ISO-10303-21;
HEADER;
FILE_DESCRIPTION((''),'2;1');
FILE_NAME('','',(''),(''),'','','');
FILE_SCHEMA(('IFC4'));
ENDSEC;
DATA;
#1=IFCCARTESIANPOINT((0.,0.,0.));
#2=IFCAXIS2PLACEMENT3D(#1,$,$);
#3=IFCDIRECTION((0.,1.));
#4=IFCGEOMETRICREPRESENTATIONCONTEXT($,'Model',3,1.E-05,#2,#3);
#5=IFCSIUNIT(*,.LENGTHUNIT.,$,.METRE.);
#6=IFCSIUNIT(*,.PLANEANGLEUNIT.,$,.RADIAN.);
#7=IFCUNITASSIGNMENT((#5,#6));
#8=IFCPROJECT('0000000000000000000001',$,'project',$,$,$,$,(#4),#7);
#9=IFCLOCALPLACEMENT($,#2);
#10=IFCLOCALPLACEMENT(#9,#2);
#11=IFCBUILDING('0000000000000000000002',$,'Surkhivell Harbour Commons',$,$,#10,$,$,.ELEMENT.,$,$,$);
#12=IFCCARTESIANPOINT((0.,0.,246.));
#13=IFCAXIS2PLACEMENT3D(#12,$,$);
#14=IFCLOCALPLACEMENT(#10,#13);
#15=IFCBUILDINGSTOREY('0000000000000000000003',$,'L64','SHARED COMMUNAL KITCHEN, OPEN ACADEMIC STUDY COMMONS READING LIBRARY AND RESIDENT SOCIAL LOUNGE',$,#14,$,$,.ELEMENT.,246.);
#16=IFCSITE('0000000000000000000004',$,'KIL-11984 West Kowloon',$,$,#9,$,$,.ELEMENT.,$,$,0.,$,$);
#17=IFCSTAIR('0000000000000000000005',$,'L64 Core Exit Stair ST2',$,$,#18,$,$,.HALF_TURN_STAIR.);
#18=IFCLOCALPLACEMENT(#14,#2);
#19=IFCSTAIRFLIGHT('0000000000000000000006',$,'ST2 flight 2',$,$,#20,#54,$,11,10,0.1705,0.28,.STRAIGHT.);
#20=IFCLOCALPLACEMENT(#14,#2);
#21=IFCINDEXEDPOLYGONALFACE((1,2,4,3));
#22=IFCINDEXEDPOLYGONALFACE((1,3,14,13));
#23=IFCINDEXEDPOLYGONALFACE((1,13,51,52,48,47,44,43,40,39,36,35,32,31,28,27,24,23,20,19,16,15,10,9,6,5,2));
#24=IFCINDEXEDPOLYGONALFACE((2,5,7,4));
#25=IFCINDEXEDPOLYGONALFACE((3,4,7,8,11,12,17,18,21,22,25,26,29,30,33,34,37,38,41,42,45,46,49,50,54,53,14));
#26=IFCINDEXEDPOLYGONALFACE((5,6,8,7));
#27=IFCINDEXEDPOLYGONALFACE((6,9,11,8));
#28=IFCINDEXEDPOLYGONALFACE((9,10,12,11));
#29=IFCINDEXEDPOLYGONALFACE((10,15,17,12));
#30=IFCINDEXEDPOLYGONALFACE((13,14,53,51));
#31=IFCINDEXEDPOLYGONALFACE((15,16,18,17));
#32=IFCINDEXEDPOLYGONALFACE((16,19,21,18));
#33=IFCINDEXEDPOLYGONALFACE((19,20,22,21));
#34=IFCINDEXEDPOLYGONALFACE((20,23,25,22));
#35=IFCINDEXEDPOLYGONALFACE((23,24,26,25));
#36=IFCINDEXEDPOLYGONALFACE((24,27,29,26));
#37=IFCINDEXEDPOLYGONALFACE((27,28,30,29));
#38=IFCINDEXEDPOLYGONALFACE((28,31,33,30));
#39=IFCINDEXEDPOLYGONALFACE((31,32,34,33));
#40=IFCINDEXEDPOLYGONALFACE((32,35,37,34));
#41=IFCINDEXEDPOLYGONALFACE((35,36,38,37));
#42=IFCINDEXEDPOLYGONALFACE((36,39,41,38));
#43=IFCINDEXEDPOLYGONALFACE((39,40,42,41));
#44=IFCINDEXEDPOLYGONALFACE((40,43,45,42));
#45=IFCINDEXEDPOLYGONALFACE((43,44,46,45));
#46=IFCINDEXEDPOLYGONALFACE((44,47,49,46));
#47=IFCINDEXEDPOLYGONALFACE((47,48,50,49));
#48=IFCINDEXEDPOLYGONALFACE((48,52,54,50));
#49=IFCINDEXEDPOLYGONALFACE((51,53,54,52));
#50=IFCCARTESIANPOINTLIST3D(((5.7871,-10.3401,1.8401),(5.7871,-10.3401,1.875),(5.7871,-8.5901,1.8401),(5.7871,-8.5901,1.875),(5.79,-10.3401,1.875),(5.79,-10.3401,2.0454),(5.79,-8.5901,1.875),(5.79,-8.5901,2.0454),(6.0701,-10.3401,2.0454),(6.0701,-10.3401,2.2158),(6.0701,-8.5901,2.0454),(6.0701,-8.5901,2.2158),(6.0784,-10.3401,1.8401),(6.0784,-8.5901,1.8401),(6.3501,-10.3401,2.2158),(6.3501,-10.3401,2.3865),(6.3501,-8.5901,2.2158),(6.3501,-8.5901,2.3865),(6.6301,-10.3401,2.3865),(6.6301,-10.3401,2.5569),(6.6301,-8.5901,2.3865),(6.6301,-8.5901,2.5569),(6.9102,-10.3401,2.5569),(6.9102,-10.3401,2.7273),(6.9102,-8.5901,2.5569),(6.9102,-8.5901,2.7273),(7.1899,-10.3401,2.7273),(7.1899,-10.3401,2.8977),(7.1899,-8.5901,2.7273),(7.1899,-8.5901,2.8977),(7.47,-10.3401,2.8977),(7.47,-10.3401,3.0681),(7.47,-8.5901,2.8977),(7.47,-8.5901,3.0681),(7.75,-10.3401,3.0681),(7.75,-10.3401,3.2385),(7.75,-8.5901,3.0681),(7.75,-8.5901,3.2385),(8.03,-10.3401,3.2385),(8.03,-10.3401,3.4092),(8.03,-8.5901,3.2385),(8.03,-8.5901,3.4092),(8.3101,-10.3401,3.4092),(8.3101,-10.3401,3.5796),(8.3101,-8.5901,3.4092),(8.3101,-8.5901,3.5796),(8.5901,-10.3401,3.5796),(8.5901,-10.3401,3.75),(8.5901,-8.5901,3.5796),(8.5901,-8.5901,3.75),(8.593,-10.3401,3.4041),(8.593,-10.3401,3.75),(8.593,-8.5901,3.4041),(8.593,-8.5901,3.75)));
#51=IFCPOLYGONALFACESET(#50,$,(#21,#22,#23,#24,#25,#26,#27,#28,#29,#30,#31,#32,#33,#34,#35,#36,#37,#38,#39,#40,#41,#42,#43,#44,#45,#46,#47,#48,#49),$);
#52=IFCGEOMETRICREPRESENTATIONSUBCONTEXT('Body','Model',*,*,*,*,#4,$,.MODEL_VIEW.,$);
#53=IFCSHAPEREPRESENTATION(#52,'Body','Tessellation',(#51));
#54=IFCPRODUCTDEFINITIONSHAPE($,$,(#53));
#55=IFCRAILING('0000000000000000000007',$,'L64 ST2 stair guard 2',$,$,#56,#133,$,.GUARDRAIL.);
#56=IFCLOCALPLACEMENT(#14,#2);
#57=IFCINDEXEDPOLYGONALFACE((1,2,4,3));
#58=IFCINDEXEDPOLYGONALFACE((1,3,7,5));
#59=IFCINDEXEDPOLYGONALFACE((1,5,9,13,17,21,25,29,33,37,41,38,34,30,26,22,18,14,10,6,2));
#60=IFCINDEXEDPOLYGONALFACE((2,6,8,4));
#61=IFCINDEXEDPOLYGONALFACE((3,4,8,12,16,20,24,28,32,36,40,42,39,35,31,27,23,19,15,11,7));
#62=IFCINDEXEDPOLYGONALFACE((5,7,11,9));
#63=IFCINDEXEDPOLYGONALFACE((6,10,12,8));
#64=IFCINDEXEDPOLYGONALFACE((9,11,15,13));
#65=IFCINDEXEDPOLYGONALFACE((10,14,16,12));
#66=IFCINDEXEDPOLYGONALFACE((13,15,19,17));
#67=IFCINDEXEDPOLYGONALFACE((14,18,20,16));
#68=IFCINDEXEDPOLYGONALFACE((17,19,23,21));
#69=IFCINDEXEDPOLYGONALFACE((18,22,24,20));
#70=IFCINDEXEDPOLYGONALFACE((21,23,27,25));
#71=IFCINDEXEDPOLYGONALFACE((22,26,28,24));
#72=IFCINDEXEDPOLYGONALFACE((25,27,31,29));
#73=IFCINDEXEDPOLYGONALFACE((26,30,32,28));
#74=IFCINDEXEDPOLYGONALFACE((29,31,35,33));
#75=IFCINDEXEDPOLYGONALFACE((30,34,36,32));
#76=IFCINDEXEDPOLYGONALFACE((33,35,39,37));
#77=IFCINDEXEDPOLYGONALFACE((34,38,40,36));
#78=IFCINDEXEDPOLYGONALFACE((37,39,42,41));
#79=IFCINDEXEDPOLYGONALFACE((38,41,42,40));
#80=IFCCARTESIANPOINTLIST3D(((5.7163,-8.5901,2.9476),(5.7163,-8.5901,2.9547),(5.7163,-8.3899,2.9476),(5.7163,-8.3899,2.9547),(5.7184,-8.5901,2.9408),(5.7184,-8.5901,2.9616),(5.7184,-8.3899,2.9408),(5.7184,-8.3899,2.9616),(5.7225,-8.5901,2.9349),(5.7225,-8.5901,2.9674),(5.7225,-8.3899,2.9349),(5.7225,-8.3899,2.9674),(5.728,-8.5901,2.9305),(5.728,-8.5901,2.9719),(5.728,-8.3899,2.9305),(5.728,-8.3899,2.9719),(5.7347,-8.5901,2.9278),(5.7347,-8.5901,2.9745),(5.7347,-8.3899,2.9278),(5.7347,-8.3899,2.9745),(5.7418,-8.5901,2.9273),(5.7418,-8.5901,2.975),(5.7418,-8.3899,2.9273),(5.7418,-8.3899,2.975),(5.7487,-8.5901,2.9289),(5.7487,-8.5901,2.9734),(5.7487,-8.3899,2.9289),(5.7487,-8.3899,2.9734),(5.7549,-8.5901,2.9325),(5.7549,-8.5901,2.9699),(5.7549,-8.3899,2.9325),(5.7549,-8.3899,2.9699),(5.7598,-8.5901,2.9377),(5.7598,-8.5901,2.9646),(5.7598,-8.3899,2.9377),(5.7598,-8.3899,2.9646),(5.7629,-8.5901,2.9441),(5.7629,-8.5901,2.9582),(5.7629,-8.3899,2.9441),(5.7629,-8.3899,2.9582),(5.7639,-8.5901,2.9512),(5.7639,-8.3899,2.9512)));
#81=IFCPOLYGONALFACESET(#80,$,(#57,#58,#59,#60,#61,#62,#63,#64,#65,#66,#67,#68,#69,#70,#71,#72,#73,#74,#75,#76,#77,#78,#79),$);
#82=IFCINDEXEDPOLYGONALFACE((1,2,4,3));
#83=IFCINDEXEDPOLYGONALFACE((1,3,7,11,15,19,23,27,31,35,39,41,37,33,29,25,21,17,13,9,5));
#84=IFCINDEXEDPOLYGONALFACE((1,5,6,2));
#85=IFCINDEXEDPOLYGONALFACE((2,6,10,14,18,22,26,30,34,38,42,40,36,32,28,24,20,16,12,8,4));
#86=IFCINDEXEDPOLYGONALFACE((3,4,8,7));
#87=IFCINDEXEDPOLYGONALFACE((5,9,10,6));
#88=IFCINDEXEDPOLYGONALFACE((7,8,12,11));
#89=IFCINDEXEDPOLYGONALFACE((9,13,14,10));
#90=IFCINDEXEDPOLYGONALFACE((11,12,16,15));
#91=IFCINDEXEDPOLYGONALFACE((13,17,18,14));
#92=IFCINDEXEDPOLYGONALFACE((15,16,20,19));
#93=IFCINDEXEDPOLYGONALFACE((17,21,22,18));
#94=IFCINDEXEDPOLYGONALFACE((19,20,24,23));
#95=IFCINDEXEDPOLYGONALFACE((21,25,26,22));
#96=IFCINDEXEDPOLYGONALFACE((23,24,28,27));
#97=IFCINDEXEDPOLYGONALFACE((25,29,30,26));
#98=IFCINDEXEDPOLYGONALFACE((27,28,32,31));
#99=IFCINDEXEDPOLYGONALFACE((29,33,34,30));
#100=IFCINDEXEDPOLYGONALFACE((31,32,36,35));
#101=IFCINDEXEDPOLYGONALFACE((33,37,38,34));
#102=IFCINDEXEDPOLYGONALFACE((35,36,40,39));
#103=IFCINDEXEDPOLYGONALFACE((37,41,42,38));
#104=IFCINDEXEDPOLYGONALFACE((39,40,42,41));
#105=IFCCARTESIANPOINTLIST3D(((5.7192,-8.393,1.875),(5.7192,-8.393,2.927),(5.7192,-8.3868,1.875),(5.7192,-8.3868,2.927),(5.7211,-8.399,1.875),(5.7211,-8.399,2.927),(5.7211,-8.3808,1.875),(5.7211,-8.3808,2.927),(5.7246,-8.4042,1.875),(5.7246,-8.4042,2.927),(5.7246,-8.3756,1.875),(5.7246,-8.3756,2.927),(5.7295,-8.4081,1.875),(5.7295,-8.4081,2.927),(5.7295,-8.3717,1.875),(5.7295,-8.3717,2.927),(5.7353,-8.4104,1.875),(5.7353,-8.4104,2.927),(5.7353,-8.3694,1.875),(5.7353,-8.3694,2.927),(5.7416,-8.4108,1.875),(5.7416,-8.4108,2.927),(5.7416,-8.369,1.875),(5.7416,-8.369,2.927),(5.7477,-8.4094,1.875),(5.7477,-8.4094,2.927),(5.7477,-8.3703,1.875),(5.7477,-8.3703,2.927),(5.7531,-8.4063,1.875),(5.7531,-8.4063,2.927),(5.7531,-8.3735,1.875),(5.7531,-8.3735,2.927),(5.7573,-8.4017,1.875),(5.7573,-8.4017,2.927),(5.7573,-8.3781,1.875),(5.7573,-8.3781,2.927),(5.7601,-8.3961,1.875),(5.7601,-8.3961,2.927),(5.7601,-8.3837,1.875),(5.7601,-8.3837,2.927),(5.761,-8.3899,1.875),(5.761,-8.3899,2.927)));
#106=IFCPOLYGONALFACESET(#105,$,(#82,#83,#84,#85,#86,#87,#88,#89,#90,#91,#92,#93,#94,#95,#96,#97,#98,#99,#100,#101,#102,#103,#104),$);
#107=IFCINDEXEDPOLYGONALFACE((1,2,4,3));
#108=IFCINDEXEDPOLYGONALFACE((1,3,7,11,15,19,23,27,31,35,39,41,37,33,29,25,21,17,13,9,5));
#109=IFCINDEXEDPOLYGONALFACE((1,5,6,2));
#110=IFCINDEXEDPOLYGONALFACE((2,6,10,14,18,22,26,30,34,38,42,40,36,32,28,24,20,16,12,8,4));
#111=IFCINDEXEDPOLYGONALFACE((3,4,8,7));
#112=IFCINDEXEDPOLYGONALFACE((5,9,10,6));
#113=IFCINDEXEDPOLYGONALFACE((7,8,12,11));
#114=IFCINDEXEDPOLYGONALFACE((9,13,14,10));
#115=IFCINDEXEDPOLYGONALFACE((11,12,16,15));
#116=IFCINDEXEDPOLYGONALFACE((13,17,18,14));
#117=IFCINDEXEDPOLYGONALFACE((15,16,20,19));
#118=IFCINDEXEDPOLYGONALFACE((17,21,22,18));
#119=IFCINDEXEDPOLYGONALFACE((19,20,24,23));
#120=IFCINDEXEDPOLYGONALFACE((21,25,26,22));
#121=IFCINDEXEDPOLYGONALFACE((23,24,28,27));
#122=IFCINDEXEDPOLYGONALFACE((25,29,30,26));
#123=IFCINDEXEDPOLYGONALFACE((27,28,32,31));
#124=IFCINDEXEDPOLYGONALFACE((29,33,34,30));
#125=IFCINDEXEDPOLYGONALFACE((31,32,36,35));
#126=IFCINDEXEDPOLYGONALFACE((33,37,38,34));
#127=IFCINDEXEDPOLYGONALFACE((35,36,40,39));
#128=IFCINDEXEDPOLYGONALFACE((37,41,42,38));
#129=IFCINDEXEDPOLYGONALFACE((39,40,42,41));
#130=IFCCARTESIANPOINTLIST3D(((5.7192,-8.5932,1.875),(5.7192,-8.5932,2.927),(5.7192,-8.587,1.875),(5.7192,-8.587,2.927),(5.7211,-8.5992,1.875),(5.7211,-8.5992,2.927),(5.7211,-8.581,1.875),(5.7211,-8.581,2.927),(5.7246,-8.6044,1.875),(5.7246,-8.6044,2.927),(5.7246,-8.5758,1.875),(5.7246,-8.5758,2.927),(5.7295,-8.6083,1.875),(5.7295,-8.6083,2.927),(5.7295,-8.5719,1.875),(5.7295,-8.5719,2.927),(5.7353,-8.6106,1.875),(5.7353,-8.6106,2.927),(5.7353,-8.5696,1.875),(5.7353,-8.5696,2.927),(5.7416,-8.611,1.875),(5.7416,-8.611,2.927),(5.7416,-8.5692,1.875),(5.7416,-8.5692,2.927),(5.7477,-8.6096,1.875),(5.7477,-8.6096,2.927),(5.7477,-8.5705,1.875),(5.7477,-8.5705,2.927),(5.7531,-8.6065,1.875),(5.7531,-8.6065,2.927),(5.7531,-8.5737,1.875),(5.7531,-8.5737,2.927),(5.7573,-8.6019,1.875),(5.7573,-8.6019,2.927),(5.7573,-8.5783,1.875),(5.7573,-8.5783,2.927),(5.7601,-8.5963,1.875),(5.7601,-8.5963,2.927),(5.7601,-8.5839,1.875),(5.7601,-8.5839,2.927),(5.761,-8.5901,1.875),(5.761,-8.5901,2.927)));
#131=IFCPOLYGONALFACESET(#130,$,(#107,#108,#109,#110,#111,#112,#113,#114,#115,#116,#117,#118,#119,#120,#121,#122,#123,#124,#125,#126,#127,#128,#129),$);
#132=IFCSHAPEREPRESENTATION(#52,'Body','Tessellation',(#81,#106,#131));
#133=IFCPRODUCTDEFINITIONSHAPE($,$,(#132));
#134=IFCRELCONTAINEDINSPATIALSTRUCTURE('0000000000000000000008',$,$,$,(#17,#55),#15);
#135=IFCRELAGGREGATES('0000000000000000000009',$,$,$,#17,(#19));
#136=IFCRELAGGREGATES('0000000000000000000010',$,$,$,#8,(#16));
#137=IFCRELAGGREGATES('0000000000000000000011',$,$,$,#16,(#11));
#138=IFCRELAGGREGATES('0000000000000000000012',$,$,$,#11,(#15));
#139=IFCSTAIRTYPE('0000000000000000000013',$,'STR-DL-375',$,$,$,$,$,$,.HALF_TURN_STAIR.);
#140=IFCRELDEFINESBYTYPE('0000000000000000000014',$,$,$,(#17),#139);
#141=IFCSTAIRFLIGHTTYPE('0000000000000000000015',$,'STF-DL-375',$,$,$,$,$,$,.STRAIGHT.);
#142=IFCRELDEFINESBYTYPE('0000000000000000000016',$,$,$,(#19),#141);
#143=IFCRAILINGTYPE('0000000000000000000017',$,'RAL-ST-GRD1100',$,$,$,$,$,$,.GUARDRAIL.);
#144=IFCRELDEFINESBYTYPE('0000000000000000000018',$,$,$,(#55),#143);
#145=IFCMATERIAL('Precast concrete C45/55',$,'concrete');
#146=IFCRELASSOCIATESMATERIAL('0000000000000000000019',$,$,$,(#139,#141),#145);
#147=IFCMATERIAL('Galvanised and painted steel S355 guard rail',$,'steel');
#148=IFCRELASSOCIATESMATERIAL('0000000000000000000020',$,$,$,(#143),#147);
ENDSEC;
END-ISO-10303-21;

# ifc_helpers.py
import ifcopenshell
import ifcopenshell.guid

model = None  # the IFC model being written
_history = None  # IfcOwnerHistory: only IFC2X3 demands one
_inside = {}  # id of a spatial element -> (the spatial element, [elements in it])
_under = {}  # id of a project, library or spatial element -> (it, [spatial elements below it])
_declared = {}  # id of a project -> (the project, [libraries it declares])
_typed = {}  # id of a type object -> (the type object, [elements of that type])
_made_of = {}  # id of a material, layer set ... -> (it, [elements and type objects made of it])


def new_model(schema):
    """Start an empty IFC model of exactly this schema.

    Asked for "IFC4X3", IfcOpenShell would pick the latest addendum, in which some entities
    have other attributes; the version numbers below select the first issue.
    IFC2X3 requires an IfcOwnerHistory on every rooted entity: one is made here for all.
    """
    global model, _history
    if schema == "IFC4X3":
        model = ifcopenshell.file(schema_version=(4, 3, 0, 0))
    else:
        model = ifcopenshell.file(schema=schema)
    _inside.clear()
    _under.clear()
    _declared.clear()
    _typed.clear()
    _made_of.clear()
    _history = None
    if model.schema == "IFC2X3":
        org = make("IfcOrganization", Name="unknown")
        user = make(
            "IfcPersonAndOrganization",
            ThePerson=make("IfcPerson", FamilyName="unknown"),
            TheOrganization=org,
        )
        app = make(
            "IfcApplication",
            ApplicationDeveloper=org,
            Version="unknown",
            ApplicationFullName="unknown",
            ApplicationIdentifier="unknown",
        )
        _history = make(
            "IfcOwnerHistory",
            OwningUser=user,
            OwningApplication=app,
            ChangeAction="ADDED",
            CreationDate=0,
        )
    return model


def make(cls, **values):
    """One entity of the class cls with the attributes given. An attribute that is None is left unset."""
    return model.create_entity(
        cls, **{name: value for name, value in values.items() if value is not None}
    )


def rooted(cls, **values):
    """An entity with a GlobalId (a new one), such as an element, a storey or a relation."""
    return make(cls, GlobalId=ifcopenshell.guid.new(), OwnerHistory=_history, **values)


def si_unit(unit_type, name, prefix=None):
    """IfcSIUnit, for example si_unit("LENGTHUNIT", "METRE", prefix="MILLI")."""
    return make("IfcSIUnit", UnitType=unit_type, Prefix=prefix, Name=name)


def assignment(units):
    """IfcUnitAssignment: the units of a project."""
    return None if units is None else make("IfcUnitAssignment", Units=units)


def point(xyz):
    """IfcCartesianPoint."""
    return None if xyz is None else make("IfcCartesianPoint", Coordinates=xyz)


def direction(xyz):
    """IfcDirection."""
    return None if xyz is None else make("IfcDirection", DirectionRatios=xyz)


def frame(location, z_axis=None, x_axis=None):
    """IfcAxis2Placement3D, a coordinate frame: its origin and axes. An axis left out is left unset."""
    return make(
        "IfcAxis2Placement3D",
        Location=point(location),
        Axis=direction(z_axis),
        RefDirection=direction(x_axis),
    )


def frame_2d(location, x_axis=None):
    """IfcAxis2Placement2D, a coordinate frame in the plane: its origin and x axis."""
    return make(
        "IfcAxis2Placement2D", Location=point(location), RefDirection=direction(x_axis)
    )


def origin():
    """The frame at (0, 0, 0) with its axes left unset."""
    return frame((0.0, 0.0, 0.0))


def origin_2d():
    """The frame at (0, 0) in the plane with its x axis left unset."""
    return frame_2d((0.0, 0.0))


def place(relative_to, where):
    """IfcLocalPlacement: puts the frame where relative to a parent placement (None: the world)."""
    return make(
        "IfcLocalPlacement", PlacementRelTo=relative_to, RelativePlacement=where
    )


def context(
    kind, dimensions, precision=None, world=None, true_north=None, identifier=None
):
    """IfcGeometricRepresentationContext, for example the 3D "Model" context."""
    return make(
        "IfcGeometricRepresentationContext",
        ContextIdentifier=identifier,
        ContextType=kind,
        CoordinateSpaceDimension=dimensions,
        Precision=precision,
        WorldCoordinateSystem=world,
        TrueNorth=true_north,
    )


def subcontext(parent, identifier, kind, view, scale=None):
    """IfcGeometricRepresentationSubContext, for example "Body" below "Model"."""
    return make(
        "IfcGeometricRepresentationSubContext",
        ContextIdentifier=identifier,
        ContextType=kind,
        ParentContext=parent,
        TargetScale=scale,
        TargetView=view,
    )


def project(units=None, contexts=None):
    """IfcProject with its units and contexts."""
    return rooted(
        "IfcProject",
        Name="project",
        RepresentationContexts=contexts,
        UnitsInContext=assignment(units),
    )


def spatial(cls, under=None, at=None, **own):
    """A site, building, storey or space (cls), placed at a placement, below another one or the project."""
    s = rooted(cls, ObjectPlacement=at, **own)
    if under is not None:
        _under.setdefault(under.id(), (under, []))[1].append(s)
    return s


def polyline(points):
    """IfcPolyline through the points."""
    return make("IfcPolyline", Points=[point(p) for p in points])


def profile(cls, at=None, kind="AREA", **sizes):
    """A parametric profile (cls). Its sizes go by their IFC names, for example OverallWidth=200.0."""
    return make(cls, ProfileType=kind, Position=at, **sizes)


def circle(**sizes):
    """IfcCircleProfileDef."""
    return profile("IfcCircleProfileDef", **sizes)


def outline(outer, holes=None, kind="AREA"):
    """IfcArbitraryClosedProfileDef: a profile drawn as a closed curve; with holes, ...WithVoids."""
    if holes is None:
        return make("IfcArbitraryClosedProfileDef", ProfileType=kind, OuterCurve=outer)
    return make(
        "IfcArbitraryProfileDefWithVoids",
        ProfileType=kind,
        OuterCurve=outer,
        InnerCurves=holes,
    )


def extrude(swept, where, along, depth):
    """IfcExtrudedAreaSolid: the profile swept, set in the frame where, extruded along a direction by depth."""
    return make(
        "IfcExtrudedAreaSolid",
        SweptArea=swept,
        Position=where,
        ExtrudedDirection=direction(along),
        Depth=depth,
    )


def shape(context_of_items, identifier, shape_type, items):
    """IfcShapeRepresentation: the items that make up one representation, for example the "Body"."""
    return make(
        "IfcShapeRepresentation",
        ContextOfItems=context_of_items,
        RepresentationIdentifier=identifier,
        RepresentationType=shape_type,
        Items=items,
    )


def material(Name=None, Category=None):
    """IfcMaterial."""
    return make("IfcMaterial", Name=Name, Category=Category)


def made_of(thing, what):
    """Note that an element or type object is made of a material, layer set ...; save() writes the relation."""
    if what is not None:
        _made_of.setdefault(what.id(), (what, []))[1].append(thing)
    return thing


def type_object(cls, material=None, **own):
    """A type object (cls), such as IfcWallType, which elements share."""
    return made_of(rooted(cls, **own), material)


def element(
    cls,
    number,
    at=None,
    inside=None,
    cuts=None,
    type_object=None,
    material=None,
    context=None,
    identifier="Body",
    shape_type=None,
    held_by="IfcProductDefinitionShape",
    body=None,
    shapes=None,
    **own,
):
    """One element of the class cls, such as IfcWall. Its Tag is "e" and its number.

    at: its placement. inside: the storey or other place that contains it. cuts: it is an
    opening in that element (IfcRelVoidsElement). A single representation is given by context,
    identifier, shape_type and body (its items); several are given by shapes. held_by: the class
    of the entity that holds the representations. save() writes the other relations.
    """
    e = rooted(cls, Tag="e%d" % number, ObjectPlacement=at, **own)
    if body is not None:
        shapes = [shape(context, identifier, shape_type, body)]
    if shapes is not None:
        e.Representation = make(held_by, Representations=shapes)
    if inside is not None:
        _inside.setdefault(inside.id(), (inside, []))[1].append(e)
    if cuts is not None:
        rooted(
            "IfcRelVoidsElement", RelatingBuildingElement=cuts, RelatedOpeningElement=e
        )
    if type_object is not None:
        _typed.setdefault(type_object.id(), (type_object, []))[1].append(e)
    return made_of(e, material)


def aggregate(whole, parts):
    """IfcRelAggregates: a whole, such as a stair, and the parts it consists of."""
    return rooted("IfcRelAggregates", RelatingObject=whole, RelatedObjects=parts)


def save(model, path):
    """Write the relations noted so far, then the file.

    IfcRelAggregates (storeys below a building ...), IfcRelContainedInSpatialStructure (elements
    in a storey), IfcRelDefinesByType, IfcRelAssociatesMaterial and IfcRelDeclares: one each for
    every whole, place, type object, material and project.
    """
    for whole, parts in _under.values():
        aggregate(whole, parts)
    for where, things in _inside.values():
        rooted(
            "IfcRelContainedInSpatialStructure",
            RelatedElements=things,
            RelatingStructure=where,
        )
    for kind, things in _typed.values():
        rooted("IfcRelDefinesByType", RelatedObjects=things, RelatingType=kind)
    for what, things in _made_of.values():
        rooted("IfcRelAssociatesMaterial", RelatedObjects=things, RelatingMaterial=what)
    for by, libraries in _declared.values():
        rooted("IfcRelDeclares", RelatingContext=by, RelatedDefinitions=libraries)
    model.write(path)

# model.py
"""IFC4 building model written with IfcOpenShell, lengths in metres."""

from ifc_helpers import new_model, si_unit, direction, frame, origin, origin_2d, place, context, subcontext, project, spatial, polyline, circle, outline, extrude, material, type_object, element, aggregate, save


model = new_model("IFC4")

# Units and contexts
model_context = context("Model", 3, precision=1e-05, world=origin(), true_north=direction((0.0, 1.0)))
body_context = subcontext(model_context, "Body", "Model", "MODEL_VIEW")
ifc_project = project(units=[si_unit("LENGTHUNIT", "METRE"), si_unit("PLANEANGLEUNIT", "RADIAN")], contexts=[model_context])

# Site, building, storey
site_placement = place(None, origin())
site = spatial("IfcSite", under=ifc_project, at=site_placement, Name="KIL-11984 West Kowloon", CompositionType="ELEMENT", RefElevation=0.0)
building_placement = place(site_placement, origin())
building = spatial("IfcBuilding", under=site, at=building_placement, Name="Surkhivell Harbour Commons", CompositionType="ELEMENT")
storey_placement = place(building_placement, frame((0.0, 0.0, 246.0)))
storey = spatial("IfcBuildingStorey", under=building, at=storey_placement, Name="L64", Description="SHARED COMMUNAL KITCHEN, OPEN ACADEMIC STUDY COMMONS READING LIBRARY AND RESIDENT SOCIAL LOUNGE", CompositionType="ELEMENT", Elevation=246.0)

# Stair, stair flight
ifc_material_1 = material(Name="Precast concrete C45/55", Category="concrete")
stair_type = type_object("IfcStairType", Name="STR-DL-375", PredefinedType="HALF_TURN_STAIR", material=ifc_material_1)
stair_placement = place(storey_placement, origin())
stair = element("IfcStair", 1, at=stair_placement, inside=storey, type_object=stair_type, Name="L64 Core Exit Stair ST2", PredefinedType="HALF_TURN_STAIR")
stair_flight_type = type_object("IfcStairFlightType", Name="STF-DL-375", PredefinedType="STRAIGHT", material=ifc_material_1)
stair_flight_placement = place(storey_placement, frame((5.79, -9.4651, 1.875), z_axis=(0.0, 0.0, 1.0), x_axis=(1.0, 0.0, 0.0)))
stair_flight = element("IfcStairFlight", 2, at=stair_flight_placement, type_object=stair_flight_type, Name="ST2 flight 2", NumberOfRisers=11, NumberOfTreads=10, PredefinedType="STRAIGHT", RiserHeight=0.1705, TreadLength=0.28, context=body_context, shape_type="SweptSolid", body=[
    extrude(outline(polyline([(-0.0029, -0.0349), (-0.0029, 0.0), (0.0, 0.0), (0.0, 0.1704), (0.28, 0.1704), (0.28, 0.3408), (0.5601, 0.3408), (0.5601, 0.5115), (0.8401, 0.5115), (0.8401, 0.6819), (1.1201, 0.6819), (1.1201, 0.8523), (1.3999, 0.8523), (1.3999, 1.0227), (1.6799, 1.0227), (1.6799, 1.1931), (1.96, 1.1931), (1.96, 1.3635), (2.24, 1.3635), (2.24, 1.5342), (2.52, 1.5342), (2.52, 1.7046), (2.8, 1.7046), (2.8, 1.875), (2.803, 1.875), (2.803, 1.5291), (0.2883, -0.0349), (-0.0029, -0.0349)])), frame((0.0, 0.875, 0.0), z_axis=(0.0, -1.0, 0.0), x_axis=(1.0, 0.0, 0.0)), (0.0, 0.0, 1.0), 1.75),
])
aggregate(stair, [stair_flight])

# Railing
ifc_material_2 = material(Name="Galvanised and painted steel S355 guard rail", Category="steel")
railing_type_1 = type_object("IfcRailingType", Name="RAL-ST-GRD1100", PredefinedType="GUARDRAIL", material=ifc_material_2)
railing_1_placement = place(storey_placement, frame((5.74, -8.3899, 1.875)))
element("IfcRailing", 3, at=railing_1_placement, inside=storey, type_object=railing_type_1, Name="L64 ST2 stair guard 2", PredefinedType="GUARDRAIL", context=body_context, shape_type="SweptSolid", body=[
    extrude(circle(Radius=0.0239, at=origin_2d()), frame((0.0, 0.0, 1.0762), z_axis=(0.0, -1.0, 0.0), x_axis=(1.0, 0.0, 0.0)), (0.0, 0.0, 1.0), 0.2002),
    extrude(circle(Radius=0.021, at=origin_2d()), origin(), (0.0, 0.0, 1.0), 1.052),
    extrude(circle(Radius=0.021, at=origin_2d()), frame((0.0, -0.2002, 0.0)), (0.0, 0.0, 1.0), 1.052),
])

save(model, "model.ifc")
